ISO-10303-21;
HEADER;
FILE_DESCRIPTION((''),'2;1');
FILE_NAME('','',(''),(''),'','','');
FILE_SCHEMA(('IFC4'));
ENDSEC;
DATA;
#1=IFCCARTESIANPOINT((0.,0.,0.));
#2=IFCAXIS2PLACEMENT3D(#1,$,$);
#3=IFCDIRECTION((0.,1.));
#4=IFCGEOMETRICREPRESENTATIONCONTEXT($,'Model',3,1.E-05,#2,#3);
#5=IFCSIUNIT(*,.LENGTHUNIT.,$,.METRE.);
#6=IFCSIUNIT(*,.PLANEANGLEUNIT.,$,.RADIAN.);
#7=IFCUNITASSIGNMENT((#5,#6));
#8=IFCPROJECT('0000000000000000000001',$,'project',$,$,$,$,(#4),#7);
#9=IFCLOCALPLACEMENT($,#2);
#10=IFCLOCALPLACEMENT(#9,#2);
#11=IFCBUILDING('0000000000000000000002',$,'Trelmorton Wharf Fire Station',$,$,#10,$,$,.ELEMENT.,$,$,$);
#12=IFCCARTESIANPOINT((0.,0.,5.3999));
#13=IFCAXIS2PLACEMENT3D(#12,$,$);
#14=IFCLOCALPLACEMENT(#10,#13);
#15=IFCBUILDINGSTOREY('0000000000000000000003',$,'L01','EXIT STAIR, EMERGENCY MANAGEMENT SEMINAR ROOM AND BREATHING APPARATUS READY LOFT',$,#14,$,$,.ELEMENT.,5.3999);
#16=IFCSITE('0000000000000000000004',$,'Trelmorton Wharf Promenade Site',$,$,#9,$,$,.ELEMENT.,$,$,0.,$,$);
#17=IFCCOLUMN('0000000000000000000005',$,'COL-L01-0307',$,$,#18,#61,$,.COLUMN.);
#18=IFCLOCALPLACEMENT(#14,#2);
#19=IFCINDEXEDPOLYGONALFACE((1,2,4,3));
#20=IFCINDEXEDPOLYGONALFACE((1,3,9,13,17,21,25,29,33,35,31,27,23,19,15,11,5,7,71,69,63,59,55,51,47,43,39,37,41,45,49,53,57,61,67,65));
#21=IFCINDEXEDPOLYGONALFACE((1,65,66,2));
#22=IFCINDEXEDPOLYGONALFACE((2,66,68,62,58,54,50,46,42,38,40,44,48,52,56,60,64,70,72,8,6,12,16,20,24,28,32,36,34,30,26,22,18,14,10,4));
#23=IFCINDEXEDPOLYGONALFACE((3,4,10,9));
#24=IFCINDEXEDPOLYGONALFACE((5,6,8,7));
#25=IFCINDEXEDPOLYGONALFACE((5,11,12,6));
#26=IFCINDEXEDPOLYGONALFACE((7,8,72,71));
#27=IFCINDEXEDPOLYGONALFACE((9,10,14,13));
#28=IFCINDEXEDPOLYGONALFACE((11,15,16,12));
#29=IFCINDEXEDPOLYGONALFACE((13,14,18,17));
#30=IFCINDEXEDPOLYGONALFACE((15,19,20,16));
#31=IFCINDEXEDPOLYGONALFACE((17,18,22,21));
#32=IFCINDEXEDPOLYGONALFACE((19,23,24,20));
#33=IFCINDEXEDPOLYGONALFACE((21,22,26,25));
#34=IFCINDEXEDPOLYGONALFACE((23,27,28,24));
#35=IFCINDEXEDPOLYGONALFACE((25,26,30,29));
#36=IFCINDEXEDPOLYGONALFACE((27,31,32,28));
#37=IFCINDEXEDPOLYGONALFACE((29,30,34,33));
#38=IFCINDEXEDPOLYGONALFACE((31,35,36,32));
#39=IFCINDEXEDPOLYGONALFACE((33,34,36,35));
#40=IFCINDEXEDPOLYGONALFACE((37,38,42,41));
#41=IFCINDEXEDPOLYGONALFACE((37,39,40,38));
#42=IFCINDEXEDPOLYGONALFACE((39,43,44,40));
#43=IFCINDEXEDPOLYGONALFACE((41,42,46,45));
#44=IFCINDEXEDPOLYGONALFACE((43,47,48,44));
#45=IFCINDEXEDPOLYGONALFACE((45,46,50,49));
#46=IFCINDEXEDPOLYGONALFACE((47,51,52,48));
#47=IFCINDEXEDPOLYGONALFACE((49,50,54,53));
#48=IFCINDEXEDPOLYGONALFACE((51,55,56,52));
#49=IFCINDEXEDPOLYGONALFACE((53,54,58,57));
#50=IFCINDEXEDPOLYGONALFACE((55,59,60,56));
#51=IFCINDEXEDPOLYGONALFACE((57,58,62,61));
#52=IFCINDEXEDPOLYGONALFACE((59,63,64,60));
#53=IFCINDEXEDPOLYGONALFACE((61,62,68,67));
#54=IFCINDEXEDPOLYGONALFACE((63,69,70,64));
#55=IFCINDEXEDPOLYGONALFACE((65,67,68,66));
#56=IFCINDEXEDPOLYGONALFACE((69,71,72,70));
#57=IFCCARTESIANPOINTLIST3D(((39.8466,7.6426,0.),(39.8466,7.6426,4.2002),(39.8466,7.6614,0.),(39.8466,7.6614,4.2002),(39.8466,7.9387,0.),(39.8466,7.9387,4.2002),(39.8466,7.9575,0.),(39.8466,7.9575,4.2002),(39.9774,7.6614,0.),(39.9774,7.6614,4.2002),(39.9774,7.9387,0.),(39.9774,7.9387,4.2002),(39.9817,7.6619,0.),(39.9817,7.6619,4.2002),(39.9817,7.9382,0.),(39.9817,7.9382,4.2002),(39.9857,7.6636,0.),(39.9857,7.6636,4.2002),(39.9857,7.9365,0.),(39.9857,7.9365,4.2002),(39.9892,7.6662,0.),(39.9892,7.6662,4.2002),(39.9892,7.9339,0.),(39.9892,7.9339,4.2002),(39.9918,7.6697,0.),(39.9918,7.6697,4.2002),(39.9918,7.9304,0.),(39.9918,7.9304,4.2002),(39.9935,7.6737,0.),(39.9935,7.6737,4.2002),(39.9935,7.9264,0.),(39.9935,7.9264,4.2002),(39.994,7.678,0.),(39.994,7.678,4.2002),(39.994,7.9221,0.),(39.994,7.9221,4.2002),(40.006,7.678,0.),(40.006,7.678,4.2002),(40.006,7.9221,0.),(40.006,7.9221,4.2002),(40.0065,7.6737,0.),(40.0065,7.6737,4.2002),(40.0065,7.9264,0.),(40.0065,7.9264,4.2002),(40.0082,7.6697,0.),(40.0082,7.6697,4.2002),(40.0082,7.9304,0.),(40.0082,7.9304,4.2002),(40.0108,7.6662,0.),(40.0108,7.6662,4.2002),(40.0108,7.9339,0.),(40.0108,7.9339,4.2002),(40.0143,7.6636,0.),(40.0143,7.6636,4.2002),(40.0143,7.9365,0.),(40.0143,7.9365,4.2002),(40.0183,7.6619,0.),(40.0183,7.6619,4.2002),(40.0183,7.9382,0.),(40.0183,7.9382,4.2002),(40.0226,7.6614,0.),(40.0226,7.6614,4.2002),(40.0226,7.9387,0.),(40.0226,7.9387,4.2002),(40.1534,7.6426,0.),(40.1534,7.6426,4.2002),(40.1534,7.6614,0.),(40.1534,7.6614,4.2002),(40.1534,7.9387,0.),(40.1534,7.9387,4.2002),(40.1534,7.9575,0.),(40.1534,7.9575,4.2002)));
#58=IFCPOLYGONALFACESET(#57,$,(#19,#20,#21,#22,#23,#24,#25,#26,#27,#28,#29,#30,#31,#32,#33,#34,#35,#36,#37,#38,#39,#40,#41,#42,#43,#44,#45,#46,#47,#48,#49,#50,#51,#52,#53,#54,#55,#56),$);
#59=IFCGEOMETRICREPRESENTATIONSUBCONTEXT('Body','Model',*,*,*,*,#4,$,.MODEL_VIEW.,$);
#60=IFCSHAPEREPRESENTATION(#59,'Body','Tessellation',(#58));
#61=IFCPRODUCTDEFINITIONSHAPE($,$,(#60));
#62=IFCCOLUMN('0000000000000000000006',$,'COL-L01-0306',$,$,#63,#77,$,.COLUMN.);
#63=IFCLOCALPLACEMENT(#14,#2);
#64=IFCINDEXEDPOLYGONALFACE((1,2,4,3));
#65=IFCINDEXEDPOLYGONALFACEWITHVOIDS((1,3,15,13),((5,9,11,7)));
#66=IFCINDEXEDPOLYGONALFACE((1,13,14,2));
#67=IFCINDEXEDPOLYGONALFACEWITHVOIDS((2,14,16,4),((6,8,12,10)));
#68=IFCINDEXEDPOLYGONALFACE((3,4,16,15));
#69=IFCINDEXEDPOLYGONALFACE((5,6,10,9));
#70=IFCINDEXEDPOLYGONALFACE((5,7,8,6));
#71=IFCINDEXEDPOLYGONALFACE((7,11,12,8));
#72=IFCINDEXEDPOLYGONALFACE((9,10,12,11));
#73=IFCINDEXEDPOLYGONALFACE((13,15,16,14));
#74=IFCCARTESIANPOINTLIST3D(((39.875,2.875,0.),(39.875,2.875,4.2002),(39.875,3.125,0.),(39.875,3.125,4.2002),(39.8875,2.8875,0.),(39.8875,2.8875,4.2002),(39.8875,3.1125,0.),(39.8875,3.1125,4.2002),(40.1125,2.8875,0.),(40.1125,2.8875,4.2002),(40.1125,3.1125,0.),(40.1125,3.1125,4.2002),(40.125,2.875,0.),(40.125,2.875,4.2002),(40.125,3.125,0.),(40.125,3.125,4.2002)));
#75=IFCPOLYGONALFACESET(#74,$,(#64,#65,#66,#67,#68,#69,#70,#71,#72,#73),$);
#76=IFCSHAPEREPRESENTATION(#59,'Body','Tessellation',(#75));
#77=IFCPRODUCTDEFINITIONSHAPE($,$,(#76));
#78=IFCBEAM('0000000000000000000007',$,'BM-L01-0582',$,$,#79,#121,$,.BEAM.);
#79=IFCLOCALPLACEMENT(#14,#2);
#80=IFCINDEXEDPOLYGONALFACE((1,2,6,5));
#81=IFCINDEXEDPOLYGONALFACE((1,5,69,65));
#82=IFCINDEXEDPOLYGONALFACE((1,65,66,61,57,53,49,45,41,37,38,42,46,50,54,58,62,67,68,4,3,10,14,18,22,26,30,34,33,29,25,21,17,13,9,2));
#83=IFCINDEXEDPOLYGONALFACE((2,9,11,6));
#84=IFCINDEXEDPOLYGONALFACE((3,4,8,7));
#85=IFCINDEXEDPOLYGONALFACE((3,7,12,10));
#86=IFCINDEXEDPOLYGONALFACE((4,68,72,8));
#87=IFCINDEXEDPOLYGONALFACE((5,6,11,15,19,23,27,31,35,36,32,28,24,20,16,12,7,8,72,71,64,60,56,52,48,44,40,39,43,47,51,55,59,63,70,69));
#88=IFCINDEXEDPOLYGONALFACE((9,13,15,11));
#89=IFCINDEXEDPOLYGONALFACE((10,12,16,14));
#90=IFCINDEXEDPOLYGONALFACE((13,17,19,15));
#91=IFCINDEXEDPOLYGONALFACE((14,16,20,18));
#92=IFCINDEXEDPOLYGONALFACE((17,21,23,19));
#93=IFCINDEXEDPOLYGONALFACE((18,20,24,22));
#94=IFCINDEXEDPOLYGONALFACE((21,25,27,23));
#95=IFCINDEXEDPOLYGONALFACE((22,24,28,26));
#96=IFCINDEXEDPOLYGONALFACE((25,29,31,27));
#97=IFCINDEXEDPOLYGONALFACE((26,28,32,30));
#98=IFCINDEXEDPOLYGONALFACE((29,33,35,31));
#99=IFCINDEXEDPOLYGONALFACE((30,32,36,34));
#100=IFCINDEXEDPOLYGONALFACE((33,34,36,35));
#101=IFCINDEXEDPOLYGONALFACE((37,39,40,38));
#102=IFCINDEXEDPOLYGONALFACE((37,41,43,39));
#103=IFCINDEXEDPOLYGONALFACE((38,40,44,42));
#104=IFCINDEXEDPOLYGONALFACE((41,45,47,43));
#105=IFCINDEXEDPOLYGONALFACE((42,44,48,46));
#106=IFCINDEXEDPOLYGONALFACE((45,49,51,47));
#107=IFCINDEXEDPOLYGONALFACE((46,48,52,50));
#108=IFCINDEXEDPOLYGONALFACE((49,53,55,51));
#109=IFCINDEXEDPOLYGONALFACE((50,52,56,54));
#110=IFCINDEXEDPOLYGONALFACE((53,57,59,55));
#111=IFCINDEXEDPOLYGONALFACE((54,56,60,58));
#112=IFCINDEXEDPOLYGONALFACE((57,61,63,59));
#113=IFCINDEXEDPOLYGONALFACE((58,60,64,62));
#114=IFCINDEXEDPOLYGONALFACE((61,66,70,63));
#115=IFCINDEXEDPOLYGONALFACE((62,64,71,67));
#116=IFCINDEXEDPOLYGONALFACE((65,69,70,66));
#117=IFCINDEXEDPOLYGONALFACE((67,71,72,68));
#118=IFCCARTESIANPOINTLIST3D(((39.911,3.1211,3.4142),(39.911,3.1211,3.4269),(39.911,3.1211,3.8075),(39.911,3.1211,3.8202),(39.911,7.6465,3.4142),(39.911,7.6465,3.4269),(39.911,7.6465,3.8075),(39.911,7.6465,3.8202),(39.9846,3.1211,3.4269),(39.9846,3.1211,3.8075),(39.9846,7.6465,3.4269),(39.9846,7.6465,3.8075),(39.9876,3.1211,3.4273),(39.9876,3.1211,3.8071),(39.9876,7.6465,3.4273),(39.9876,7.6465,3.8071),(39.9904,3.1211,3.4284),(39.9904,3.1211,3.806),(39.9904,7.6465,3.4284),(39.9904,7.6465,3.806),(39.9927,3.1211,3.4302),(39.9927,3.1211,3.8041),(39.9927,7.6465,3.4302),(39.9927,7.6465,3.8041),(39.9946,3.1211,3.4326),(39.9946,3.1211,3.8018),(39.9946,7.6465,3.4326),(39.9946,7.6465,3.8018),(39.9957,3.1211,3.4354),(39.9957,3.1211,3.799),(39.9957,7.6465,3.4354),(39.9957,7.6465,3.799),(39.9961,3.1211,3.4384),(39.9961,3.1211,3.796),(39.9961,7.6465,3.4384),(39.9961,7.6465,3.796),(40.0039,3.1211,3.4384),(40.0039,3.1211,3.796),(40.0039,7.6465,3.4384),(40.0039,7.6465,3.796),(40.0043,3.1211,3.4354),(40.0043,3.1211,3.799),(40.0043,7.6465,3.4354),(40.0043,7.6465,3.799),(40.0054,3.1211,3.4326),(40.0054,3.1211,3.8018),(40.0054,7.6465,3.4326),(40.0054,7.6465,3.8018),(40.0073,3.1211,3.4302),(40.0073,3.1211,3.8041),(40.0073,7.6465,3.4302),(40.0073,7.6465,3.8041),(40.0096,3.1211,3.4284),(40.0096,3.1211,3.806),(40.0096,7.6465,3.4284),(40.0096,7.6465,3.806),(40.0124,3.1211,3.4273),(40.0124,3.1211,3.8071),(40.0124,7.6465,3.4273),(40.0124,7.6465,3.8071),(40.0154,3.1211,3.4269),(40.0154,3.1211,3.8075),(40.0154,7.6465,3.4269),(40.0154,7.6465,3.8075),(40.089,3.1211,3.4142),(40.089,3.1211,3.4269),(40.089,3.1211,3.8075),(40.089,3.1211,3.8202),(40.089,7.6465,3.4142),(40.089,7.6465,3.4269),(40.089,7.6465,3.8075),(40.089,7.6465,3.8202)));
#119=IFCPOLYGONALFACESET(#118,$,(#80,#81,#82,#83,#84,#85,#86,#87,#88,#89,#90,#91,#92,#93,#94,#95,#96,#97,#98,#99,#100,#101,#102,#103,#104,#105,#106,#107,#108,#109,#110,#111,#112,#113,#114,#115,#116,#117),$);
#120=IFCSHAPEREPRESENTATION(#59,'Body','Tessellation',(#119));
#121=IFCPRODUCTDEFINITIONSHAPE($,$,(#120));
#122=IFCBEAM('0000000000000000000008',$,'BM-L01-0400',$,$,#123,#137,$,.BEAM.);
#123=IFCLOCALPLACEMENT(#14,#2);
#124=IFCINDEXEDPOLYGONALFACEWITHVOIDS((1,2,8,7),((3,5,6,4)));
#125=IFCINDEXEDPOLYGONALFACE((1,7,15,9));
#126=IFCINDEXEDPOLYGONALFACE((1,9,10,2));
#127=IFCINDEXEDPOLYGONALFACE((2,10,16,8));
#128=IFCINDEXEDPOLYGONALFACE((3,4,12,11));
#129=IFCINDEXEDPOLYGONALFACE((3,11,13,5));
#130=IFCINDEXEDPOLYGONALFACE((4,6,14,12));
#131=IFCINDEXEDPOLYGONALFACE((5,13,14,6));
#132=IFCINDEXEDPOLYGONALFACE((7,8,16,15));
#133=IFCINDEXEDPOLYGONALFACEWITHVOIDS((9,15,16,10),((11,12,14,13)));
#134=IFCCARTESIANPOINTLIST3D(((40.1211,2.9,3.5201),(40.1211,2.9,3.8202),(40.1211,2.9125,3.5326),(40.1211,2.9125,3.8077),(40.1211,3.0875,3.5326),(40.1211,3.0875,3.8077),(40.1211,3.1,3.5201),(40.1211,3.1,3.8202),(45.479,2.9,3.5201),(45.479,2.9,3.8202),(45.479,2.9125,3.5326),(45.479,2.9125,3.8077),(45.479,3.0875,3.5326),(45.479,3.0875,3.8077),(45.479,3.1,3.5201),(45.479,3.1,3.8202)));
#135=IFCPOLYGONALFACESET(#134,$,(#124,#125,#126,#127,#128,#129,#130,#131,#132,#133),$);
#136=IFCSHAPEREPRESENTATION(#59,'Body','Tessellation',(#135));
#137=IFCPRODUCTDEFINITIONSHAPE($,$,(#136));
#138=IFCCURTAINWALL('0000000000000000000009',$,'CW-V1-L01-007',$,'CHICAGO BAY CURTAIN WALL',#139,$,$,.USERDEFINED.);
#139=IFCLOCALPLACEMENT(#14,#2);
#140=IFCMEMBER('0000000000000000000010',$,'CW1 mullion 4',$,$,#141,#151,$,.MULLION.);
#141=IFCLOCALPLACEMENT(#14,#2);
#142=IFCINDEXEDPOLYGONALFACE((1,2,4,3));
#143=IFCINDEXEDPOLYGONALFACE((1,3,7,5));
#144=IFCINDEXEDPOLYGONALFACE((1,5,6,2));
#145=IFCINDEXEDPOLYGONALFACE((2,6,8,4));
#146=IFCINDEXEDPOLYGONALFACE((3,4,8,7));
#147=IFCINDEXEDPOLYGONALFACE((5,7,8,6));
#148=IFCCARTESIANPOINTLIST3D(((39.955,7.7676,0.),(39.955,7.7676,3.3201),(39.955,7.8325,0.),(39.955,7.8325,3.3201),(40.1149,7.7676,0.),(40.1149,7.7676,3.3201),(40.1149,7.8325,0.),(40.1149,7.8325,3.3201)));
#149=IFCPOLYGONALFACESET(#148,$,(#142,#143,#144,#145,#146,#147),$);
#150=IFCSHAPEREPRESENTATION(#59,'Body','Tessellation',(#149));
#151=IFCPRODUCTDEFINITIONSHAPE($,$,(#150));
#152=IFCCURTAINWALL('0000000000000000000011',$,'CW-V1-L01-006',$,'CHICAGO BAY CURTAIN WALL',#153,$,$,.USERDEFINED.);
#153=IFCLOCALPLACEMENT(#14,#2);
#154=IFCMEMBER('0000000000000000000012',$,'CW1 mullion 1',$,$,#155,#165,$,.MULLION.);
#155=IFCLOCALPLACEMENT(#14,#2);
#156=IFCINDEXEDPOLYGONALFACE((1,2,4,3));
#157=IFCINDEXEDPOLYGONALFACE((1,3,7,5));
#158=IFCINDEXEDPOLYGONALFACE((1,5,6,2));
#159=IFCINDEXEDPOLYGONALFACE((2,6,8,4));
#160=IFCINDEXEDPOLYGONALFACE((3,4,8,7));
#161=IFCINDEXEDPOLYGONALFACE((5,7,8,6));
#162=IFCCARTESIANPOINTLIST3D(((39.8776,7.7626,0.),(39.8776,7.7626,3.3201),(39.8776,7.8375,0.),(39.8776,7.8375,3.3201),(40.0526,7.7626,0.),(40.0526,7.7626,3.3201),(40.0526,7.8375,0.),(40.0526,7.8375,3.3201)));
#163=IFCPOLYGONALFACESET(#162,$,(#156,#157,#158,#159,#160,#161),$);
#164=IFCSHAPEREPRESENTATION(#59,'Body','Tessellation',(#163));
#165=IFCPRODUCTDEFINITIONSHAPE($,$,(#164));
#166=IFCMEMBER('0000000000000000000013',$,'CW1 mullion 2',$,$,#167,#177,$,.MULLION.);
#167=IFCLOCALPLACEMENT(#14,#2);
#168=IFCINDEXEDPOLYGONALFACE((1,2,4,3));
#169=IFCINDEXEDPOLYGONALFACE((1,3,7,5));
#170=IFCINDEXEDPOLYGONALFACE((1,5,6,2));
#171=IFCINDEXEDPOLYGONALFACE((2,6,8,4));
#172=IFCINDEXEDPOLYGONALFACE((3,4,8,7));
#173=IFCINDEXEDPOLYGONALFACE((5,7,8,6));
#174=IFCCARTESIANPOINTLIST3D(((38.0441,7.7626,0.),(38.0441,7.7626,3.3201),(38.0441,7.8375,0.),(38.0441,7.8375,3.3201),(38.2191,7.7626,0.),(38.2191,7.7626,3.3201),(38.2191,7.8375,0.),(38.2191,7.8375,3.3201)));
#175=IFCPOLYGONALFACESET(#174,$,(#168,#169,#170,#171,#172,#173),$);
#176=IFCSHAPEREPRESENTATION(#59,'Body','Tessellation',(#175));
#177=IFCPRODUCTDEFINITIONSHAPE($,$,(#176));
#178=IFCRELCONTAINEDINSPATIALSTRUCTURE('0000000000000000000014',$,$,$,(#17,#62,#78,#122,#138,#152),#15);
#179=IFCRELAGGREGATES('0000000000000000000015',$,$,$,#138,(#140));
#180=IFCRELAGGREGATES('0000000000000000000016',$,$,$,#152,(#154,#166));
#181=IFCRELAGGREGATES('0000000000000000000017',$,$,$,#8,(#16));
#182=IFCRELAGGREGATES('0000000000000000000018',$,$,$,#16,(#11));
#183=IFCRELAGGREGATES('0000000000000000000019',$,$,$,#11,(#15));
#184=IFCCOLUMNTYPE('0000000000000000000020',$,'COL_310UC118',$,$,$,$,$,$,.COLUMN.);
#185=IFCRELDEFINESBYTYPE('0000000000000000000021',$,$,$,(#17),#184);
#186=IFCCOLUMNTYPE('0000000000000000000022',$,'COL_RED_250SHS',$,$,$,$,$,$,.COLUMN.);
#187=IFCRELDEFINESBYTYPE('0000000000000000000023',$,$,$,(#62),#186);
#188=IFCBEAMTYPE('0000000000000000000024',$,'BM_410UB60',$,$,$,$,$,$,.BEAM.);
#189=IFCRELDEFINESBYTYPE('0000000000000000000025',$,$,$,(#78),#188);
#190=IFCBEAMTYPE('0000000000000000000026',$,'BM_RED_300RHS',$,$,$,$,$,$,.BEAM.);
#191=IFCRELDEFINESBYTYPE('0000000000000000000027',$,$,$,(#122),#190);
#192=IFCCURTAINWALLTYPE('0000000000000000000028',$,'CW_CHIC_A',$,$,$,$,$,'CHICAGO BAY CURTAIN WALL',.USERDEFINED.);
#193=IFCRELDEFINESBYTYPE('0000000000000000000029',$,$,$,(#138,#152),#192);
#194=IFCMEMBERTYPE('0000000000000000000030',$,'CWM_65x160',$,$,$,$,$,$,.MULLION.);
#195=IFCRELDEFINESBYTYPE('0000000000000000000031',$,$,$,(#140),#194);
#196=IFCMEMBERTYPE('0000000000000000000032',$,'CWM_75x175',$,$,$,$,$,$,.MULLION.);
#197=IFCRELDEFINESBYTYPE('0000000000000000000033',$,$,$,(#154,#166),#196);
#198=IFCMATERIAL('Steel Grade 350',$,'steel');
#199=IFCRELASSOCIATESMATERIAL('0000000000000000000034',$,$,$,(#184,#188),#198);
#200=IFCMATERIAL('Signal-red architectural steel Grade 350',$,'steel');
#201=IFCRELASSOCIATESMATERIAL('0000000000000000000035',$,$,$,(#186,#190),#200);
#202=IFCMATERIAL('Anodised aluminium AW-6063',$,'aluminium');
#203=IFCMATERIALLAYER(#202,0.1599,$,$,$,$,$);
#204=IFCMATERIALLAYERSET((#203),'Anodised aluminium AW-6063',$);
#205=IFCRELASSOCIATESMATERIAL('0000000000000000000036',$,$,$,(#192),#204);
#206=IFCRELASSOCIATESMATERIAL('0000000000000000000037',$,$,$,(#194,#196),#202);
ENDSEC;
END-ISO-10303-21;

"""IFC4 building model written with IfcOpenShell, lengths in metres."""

from ifc_helpers import new_model, si_unit, direction, frame, origin, origin_2d, place, context, subcontext, project, spatial, rectangle, hollow_rectangle, i_section, extrude, material, layer, layer_set, material_profile, profile_set, type_object, element, aggregate, save


model = new_model("IFC4")

# Units and contexts
model_context = context("Model", 3, precision=1e-05, world=origin(), true_north=direction((0.0, 1.0)))
body_context = subcontext(model_context, "Body", "Model", "MODEL_VIEW")
ifc_project = project(units=[si_unit("LENGTHUNIT", "METRE"), si_unit("PLANEANGLEUNIT", "RADIAN")], contexts=[model_context])

# Site, building, storey
site_placement = place(None, origin())
site = spatial("IfcSite", under=ifc_project, at=site_placement, Name="Trelmorton Wharf Promenade Site", CompositionType="ELEMENT", RefElevation=0.0)
building_placement = place(site_placement, origin())
building = spatial("IfcBuilding", under=site, at=building_placement, Name="Trelmorton Wharf Fire Station", CompositionType="ELEMENT")
storey_placement = place(building_placement, frame((0.0, 0.0, 5.3999)))
storey = spatial("IfcBuildingStorey", under=building, at=storey_placement, Name="L01", Description="EXIT STAIR, EMERGENCY MANAGEMENT SEMINAR ROOM AND BREATHING APPARATUS READY LOFT", CompositionType="ELEMENT", Elevation=5.3999)

# Columns
ifc_material_1 = material(Name="Steel Grade 350", Category="steel")
ifc_material_profile_1 = material_profile(ifc_material_1, i_section(OverallWidth=0.3069, OverallDepth=0.3149, WebThickness=0.012, FlangeThickness=0.0188, FilletRadius=0.0166, at=origin_2d()), Name="310UC118")
ifc_profile_set_1 = profile_set([ifc_material_profile_1], Name="Steel Grade 350")
column_type_1 = type_object("IfcColumnType", Name="COL_310UC118", PredefinedType="COLUMN", material=ifc_profile_set_1)
column_1_placement = place(storey_placement, frame((40.0, 7.8, 0.0), z_axis=(0.0, 0.0, 1.0), x_axis=(1.0, 0.0, 0.0)))
element("IfcColumn", 1, at=column_1_placement, inside=storey, type_object=column_type_1, Name="COL-L01-0307", PredefinedType="COLUMN", context=body_context, shape_type="SweptSolid", body=[
    extrude(i_section(OverallWidth=0.3069, OverallDepth=0.3149, WebThickness=0.012, FlangeThickness=0.0188, FilletRadius=0.0166, at=origin_2d()), origin(), (0.0, 0.0, 1.0), 4.2002),
])
ifc_material_2 = material(Name="Signal-red architectural steel Grade 350", Category="steel")
ifc_material_profile_2 = material_profile(ifc_material_2, hollow_rectangle(XDim=0.25, YDim=0.25, WallThickness=0.0125, at=origin_2d()), Name="250x250x12.5SHS")
ifc_profile_set_2 = profile_set([ifc_material_profile_2], Name="Signal-red architectural steel Grade 350")
column_type_2 = type_object("IfcColumnType", Name="COL_RED_250SHS", PredefinedType="COLUMN", material=ifc_profile_set_2)
column_2_placement = place(storey_placement, frame((40.0, 3.0, 0.0), z_axis=(0.0, 0.0, 1.0), x_axis=(1.0, 0.0, 0.0)))
element("IfcColumn", 2, at=column_2_placement, inside=storey, type_object=column_type_2, Name="COL-L01-0306", PredefinedType="COLUMN", context=body_context, shape_type="SweptSolid", body=[
    extrude(hollow_rectangle(XDim=0.25, YDim=0.25, WallThickness=0.0125, at=origin_2d()), origin(), (0.0, 0.0, 1.0), 4.2002),
])

# Beams
ifc_material_profile_3 = material_profile(ifc_material_1, i_section(OverallWidth=0.178, OverallDepth=0.406, WebThickness=0.0078, FlangeThickness=0.0127, FilletRadius=0.0115, at=origin_2d()), Name="410UB59.7")
ifc_profile_set_3 = profile_set([ifc_material_profile_3], Name="Steel Grade 350")
beam_type_1 = type_object("IfcBeamType", Name="BM_410UB60", PredefinedType="BEAM", material=ifc_profile_set_3)
beam_1_placement = place(storey_placement, frame((40.0, 3.1211, 3.6172), z_axis=(0.0, 1.0, 0.0), x_axis=(-1.0, 0.0, 0.0)))
element("IfcBeam", 3, at=beam_1_placement, inside=storey, type_object=beam_type_1, Name="BM-L01-0582", PredefinedType="BEAM", context=body_context, shape_type="SweptSolid", body=[
    extrude(i_section(OverallWidth=0.178, OverallDepth=0.406, WebThickness=0.0078, FlangeThickness=0.0127, FilletRadius=0.0115, at=origin_2d()), origin(), (0.0, 0.0, 1.0), 4.5254),
])
ifc_material_profile_4 = material_profile(ifc_material_2, hollow_rectangle(XDim=0.2, YDim=0.3, WallThickness=0.0125, at=origin_2d()), Name="300x200x12.5RHS")
ifc_profile_set_4 = profile_set([ifc_material_profile_4], Name="Signal-red architectural steel Grade 350")
beam_type_2 = type_object("IfcBeamType", Name="BM_RED_300RHS", PredefinedType="BEAM", material=ifc_profile_set_4)
beam_2_placement = place(storey_placement, frame((40.1211, 3.0, 3.6702), z_axis=(1.0, 0.0, 0.0), x_axis=(0.0, 1.0, 0.0)))
element("IfcBeam", 4, at=beam_2_placement, inside=storey, type_object=beam_type_2, Name="BM-L01-0400", PredefinedType="BEAM", context=body_context, shape_type="SweptSolid", body=[
    extrude(hollow_rectangle(XDim=0.2, YDim=0.3, WallThickness=0.0125, at=origin_2d()), origin(), (0.0, 0.0, 1.0), 5.3579),
])

# Curtain wall, member
ifc_material_3 = material(Name="Anodised aluminium AW-6063", Category="aluminium")
ifc_layer_1 = layer(ifc_material_3, 0.1599)
ifc_layer_set_1 = layer_set([ifc_layer_1], Name="Anodised aluminium AW-6063")
curtain_wall_type = type_object("IfcCurtainWallType", Name="CW_CHIC_A", ElementType="CHICAGO BAY CURTAIN WALL", PredefinedType="USERDEFINED", material=ifc_layer_set_1)
curtain_wall_1_placement = place(storey_placement, origin())
curtain_wall_1 = element("IfcCurtainWall", 5, at=curtain_wall_1_placement, inside=storey, type_object=curtain_wall_type, Name="CW-V1-L01-007", ObjectType="CHICAGO BAY CURTAIN WALL", PredefinedType="USERDEFINED")
ifc_material_profile_5 = material_profile(ifc_material_3, rectangle(XDim=0.0649, YDim=0.1599, at=origin_2d()), Name="ALU-65x160")
ifc_profile_set_5 = profile_set([ifc_material_profile_5], Name="Anodised aluminium AW-6063")
member_type_1 = type_object("IfcMemberType", Name="CWM_65x160", PredefinedType="MULLION", material=ifc_profile_set_5)
member_1_placement = place(storey_placement, frame((40.0349, 7.8, 0.0), z_axis=(0.0, 0.0, 1.0), x_axis=(0.0, -1.0, 0.0)))
member_1 = element("IfcMember", 6, at=member_1_placement, type_object=member_type_1, Name="CW1 mullion 4", PredefinedType="MULLION", context=body_context, shape_type="SweptSolid", body=[
    extrude(rectangle(XDim=0.0649, YDim=0.1599, at=origin_2d()), origin(), (0.0, 0.0, 1.0), 3.3201),
])

# Curtain wall, members
curtain_wall_2_placement = place(storey_placement, origin())
curtain_wall_2 = element("IfcCurtainWall", 7, at=curtain_wall_2_placement, inside=storey, type_object=curtain_wall_type, Name="CW-V1-L01-006", ObjectType="CHICAGO BAY CURTAIN WALL", PredefinedType="USERDEFINED")
ifc_material_profile_6 = material_profile(ifc_material_3, rectangle(XDim=0.075, YDim=0.175, at=origin_2d()), Name="ALU-75x175")
ifc_profile_set_6 = profile_set([ifc_material_profile_6], Name="Anodised aluminium AW-6063")
member_type_2 = type_object("IfcMemberType", Name="CWM_75x175", PredefinedType="MULLION", material=ifc_profile_set_6)
member_2_placement = place(storey_placement, frame((39.9651, 7.8, 0.0), z_axis=(0.0, 0.0, 1.0), x_axis=(0.0, -1.0, 0.0)))
member_2 = element("IfcMember", 8, at=member_2_placement, type_object=member_type_2, Name="CW1 mullion 1", PredefinedType="MULLION", context=body_context, shape_type="SweptSolid", body=[
    extrude(rectangle(XDim=0.075, YDim=0.175, at=origin_2d()), origin(), (0.0, 0.0, 1.0), 3.3201),
])
member_3_placement = place(storey_placement, frame((38.1316, 7.8, 0.0), z_axis=(0.0, 0.0, 1.0), x_axis=(0.0, -1.0, 0.0)))
member_3 = element("IfcMember", 9, at=member_3_placement, type_object=member_type_2, Name="CW1 mullion 2", PredefinedType="MULLION", context=body_context, shape_type="SweptSolid", body=[
    extrude(rectangle(XDim=0.075, YDim=0.175, at=origin_2d()), origin(), (0.0, 0.0, 1.0), 3.3201),
])

aggregate(curtain_wall_1, [member_1])
aggregate(curtain_wall_2, [member_2, member_3])

save(model, "model.ifc")
